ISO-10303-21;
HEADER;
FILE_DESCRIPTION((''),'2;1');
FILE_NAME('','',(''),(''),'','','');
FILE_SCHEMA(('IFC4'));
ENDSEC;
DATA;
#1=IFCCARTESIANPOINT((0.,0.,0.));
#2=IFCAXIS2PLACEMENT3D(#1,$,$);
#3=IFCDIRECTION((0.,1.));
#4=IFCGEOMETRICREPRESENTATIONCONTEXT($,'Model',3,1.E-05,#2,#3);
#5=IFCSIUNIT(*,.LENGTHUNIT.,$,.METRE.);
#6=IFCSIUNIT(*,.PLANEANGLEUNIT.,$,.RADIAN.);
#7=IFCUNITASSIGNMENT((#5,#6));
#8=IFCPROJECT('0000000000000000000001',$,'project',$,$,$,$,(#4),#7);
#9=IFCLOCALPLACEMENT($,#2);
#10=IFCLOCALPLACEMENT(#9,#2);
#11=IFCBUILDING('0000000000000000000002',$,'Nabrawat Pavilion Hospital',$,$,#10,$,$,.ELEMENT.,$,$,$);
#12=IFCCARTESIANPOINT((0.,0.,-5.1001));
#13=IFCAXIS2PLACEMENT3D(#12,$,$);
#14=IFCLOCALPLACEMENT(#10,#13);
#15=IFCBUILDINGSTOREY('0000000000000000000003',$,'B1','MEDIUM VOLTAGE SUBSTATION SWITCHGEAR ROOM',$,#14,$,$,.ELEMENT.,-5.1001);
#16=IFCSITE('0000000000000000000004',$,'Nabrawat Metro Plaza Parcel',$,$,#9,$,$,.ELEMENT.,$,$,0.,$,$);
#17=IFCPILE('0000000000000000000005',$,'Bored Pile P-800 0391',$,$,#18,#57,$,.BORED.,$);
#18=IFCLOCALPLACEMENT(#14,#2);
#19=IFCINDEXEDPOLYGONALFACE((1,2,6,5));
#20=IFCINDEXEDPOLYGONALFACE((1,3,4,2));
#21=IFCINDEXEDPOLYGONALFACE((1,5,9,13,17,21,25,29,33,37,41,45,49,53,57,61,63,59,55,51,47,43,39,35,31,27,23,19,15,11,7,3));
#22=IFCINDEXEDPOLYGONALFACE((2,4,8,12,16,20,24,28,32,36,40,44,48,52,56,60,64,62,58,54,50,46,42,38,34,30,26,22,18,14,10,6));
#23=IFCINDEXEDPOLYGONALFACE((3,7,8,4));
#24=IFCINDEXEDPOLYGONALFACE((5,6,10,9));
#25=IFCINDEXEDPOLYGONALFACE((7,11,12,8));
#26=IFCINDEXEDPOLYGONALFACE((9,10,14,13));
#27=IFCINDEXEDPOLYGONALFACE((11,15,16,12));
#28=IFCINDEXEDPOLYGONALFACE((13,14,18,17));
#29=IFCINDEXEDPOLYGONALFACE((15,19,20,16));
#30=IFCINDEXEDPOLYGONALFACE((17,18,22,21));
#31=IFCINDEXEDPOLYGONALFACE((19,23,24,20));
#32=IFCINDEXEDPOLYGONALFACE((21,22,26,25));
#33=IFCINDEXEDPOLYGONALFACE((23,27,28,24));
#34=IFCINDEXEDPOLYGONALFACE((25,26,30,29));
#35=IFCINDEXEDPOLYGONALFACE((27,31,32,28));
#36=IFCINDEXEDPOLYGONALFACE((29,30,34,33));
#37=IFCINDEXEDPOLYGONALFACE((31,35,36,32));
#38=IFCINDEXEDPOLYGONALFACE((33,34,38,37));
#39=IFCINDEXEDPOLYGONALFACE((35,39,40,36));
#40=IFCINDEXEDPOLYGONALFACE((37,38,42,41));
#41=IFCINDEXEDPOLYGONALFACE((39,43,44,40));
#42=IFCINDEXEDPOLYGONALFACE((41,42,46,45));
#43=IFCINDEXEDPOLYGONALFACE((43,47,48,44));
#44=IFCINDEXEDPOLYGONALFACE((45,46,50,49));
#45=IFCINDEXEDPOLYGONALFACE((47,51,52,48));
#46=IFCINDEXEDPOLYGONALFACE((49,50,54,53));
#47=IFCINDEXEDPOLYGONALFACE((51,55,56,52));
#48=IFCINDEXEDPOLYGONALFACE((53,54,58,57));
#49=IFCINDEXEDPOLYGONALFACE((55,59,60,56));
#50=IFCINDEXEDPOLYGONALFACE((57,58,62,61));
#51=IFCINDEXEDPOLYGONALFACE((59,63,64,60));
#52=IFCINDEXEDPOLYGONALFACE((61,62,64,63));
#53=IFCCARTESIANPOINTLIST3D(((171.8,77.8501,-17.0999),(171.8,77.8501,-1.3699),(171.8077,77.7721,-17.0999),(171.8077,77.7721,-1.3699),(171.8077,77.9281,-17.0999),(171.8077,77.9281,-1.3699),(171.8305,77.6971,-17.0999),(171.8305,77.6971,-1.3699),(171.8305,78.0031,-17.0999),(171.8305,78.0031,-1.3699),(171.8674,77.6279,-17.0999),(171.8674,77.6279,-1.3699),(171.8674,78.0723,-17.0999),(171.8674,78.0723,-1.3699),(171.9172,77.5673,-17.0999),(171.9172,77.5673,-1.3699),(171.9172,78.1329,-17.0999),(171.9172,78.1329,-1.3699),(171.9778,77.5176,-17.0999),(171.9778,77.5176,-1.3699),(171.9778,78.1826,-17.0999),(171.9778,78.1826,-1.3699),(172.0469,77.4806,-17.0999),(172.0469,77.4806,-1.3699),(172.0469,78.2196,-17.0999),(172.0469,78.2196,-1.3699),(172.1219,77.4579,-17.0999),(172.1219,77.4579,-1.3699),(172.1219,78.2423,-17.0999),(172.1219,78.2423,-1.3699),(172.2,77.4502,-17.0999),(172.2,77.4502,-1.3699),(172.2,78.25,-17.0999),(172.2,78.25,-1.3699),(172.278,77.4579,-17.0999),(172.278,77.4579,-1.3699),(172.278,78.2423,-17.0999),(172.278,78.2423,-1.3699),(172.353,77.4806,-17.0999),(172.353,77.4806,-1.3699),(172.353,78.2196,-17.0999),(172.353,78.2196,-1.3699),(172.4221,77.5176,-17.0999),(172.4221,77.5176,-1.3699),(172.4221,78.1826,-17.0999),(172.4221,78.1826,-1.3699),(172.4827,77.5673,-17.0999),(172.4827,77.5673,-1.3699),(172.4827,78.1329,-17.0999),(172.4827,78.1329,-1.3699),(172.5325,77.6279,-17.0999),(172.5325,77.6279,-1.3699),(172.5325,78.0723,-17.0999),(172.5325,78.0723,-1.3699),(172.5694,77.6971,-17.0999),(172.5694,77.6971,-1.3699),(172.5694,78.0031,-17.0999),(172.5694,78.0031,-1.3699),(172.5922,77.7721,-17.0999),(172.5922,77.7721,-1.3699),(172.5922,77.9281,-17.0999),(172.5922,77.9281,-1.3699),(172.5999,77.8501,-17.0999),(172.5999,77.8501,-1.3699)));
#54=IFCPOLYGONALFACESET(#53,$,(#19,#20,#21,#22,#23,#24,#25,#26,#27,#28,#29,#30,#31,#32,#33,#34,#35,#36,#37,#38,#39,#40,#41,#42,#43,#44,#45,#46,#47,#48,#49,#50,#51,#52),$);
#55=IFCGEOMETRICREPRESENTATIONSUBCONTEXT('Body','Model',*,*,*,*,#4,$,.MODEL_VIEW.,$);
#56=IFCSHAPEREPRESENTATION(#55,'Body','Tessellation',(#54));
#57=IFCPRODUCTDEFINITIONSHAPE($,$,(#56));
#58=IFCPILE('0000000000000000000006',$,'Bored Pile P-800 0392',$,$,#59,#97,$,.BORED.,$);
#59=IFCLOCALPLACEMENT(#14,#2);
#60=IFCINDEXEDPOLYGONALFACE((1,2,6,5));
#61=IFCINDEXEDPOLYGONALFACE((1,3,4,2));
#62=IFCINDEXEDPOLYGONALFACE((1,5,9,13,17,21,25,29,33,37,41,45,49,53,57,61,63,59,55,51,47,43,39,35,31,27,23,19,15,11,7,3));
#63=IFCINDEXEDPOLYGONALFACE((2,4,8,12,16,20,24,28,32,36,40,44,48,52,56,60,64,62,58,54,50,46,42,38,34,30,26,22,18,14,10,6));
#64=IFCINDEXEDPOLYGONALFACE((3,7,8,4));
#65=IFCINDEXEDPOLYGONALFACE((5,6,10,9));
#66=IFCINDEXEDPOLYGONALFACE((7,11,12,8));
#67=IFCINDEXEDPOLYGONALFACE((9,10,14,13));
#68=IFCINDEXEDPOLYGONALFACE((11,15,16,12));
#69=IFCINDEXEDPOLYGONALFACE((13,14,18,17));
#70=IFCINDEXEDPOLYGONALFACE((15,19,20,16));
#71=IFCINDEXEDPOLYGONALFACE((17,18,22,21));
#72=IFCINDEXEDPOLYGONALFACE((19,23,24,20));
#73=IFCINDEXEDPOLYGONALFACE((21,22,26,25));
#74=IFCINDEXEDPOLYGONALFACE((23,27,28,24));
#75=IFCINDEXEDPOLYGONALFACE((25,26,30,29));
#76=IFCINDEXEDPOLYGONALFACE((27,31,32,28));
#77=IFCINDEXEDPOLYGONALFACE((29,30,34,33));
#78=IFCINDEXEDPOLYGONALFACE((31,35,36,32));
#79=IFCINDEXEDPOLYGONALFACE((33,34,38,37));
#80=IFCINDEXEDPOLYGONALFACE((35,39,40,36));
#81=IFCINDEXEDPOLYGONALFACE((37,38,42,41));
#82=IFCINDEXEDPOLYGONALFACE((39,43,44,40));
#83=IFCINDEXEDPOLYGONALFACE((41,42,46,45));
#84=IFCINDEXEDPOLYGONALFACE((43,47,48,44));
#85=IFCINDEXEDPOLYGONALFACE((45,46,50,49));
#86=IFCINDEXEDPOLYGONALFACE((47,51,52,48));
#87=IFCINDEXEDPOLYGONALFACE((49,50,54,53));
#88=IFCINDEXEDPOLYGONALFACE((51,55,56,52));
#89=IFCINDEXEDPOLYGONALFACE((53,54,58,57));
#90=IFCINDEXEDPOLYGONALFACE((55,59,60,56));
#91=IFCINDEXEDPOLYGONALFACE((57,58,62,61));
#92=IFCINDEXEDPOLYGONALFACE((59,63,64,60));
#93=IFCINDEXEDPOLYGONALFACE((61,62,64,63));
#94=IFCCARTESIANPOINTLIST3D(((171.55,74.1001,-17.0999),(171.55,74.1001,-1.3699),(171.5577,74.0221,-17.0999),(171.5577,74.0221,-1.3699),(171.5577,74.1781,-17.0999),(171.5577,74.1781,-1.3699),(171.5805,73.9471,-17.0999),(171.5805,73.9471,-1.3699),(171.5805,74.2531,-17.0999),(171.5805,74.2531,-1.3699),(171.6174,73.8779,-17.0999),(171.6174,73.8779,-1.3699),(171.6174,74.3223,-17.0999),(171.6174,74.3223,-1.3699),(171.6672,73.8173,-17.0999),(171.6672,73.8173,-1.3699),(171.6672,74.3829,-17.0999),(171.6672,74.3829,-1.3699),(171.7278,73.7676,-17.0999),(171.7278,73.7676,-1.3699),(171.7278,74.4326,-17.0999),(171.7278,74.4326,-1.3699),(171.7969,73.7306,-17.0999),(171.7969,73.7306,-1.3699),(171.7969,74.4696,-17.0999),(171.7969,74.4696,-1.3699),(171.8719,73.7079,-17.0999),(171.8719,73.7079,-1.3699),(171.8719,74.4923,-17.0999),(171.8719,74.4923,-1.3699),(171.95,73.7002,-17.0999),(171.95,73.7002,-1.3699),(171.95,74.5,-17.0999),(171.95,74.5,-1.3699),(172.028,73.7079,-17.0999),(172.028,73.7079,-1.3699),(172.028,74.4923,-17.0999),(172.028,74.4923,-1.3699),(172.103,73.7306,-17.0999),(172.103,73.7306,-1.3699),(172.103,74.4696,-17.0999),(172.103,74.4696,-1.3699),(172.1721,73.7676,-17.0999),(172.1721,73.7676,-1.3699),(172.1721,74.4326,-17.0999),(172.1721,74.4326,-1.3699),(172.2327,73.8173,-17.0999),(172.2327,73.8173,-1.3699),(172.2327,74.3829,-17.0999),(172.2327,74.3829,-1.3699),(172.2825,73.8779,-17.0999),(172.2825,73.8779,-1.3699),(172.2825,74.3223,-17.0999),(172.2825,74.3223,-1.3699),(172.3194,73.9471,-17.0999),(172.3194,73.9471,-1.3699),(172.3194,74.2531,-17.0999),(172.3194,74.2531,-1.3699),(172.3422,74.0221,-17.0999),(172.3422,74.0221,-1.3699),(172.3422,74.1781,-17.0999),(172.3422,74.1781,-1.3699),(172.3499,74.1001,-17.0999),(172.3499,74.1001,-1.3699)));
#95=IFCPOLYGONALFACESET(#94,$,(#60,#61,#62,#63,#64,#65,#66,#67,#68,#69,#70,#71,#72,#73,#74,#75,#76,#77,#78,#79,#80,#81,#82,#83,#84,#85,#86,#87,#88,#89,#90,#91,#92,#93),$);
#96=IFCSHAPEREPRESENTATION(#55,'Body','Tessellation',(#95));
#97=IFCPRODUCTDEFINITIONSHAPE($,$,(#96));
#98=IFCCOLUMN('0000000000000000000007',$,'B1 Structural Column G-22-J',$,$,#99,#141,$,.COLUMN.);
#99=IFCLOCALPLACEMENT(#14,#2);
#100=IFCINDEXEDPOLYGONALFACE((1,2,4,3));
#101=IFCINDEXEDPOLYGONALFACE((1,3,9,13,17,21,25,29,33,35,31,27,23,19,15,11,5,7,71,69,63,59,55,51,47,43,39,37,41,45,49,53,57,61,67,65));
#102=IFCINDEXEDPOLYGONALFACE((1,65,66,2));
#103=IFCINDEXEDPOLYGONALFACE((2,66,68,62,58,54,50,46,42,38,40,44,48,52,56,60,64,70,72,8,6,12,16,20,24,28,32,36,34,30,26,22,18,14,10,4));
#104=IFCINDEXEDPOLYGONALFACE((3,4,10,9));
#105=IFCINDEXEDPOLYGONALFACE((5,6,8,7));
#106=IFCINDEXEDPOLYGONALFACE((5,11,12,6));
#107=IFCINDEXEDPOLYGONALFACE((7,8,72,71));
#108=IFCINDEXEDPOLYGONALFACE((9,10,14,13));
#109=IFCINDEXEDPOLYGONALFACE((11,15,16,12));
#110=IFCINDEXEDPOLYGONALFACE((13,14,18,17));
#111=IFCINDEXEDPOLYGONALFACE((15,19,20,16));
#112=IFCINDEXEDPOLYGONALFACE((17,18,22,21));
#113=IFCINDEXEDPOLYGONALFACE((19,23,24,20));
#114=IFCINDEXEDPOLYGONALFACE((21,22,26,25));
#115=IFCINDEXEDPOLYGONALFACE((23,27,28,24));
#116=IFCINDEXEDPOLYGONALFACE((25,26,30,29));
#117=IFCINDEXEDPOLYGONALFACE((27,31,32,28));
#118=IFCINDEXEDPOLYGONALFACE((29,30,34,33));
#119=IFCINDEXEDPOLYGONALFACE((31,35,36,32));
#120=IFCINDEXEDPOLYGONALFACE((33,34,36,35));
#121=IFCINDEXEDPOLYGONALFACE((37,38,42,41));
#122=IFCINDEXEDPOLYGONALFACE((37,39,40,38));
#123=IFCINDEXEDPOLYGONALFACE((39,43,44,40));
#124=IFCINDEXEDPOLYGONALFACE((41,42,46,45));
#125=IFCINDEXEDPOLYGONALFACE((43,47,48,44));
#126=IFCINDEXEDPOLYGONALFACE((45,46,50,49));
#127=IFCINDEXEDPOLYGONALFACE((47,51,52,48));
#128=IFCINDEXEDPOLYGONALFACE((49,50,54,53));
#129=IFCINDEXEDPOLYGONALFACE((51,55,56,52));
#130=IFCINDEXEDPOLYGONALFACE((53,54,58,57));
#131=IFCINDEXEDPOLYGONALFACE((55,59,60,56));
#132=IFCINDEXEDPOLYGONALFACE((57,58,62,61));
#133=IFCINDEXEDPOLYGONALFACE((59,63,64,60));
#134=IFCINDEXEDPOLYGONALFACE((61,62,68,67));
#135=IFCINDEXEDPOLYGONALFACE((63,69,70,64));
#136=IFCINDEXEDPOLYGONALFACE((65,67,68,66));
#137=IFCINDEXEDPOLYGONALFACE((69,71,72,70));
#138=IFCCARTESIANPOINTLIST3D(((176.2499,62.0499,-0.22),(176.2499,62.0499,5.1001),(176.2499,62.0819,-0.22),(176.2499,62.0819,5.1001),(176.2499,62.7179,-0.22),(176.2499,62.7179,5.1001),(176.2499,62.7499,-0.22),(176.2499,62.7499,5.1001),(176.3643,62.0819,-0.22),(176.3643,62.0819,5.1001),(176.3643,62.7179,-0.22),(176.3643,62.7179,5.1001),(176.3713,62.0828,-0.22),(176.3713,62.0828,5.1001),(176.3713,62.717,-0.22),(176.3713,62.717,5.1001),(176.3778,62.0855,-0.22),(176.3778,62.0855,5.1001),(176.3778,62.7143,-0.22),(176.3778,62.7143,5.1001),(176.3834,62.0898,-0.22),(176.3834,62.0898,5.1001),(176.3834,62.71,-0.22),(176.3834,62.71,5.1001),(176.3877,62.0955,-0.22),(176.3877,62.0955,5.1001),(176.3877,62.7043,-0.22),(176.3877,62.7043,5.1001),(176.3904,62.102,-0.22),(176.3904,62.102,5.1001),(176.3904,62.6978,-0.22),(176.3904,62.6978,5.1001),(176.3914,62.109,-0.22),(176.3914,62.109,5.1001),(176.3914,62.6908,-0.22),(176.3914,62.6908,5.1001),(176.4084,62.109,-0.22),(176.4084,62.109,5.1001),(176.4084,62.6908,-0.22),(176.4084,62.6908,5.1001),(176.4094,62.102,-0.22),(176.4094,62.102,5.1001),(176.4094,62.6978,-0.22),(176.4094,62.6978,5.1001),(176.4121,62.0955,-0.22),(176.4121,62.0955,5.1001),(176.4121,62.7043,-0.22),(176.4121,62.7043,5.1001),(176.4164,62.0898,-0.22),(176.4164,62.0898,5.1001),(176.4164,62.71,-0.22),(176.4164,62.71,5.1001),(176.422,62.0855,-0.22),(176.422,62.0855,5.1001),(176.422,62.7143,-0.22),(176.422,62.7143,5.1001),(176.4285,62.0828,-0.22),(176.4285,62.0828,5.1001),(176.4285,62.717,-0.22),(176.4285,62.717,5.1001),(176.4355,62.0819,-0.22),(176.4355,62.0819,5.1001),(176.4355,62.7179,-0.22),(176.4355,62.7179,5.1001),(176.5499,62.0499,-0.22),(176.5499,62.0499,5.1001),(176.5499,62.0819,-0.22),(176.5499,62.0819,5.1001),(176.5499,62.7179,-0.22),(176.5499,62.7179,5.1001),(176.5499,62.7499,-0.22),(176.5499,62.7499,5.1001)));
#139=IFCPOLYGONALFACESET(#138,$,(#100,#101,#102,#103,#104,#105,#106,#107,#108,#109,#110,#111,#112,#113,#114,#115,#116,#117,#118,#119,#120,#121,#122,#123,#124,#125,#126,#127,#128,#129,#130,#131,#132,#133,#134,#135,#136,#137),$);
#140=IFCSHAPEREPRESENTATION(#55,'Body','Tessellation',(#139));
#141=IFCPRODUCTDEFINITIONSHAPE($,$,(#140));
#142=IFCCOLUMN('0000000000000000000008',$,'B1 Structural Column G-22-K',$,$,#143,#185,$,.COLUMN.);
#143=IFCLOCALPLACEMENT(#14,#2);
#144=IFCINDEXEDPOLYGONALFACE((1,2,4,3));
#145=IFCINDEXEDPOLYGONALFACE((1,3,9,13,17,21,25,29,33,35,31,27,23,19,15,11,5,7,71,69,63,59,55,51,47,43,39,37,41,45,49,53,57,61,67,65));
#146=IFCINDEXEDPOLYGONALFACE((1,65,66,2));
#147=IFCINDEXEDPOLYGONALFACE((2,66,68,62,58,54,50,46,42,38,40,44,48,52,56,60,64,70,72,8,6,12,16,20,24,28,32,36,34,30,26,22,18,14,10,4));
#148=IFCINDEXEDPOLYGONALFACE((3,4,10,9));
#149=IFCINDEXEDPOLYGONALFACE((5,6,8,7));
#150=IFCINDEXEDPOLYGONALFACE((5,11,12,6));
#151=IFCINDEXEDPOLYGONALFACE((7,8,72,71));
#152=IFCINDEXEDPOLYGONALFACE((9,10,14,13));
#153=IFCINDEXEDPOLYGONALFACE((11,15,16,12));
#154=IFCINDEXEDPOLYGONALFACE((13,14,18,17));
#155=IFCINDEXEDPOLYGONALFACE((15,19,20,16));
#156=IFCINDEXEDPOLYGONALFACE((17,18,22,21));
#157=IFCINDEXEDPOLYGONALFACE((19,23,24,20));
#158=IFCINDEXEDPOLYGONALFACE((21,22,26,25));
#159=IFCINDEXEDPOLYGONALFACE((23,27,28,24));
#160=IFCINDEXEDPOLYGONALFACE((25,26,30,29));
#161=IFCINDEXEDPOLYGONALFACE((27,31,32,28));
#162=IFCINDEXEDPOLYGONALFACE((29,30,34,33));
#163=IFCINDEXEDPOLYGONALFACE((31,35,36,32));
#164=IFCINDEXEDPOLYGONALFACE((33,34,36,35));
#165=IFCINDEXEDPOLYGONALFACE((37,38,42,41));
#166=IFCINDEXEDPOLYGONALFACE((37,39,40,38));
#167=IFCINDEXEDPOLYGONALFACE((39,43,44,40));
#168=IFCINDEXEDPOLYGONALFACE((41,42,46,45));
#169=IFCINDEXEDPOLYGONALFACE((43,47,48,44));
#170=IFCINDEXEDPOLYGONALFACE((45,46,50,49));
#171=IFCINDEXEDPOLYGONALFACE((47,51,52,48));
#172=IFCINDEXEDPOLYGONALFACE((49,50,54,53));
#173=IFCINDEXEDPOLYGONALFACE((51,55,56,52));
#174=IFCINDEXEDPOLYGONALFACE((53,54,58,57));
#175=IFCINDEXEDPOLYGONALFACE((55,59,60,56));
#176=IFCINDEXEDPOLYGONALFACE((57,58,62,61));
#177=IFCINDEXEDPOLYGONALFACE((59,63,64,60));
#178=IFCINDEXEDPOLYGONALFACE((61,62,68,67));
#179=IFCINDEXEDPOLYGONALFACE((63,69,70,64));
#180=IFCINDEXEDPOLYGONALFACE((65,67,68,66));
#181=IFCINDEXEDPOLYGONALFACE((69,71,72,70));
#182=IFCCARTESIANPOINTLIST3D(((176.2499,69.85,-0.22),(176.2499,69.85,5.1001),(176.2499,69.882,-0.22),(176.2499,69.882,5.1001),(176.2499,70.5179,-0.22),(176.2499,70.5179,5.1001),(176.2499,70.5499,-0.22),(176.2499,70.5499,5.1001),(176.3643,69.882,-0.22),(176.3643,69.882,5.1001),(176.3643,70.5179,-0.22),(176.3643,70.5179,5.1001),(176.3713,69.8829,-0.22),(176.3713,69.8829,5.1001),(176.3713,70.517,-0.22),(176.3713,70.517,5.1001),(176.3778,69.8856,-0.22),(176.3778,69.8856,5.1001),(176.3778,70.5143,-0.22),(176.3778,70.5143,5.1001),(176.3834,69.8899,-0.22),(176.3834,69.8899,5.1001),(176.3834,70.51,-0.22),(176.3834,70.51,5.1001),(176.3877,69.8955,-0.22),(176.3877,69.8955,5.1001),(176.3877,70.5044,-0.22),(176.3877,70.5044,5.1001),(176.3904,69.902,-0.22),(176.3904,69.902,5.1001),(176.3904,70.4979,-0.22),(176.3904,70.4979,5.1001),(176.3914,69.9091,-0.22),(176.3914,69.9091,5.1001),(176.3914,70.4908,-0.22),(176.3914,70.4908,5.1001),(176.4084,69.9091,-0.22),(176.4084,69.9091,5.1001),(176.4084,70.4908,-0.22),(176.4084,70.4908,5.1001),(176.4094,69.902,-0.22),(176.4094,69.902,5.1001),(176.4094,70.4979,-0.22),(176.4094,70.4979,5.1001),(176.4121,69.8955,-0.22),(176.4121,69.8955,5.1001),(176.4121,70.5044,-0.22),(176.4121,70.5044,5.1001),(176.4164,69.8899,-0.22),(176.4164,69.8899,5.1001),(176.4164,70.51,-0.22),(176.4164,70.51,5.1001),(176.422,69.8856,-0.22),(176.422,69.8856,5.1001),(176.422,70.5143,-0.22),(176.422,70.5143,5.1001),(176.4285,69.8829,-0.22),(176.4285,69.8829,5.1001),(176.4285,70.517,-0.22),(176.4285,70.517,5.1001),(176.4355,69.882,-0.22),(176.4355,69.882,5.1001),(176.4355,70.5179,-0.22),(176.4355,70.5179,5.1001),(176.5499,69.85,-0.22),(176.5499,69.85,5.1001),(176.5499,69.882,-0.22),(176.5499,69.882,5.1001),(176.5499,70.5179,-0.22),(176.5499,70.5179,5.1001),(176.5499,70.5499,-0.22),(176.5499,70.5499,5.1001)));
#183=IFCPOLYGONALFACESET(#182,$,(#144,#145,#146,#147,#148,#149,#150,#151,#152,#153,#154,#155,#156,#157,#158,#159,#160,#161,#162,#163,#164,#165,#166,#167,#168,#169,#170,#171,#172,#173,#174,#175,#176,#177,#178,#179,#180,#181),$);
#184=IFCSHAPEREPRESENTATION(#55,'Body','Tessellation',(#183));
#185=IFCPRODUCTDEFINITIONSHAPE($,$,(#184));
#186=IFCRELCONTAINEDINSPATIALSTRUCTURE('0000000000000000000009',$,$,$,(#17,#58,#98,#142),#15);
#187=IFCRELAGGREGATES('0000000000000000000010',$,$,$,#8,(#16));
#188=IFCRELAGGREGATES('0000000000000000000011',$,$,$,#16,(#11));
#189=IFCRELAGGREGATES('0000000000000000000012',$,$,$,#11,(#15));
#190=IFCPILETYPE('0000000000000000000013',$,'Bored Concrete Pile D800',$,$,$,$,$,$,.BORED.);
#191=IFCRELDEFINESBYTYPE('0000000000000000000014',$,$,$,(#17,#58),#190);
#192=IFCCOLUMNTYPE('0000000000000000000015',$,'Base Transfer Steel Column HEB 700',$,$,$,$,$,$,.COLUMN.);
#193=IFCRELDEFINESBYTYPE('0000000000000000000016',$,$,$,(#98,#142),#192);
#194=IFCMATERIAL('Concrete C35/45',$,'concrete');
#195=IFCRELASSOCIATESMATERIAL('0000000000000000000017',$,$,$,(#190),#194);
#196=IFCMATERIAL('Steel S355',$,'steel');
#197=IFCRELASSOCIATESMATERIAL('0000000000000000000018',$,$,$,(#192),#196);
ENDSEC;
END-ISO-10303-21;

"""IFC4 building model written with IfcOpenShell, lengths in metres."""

from ifc_helpers import new_model, si_unit, direction, frame, origin, origin_2d, place, context, subcontext, project, spatial, circle, i_section, extrude, material, material_profile, profile_set, type_object, element, save


model = new_model("IFC4")

# Units and contexts
model_context = context("Model", 3, precision=1e-05, world=origin(), true_north=direction((0.0, 1.0)))
body_context = subcontext(model_context, "Body", "Model", "MODEL_VIEW")
ifc_project = project(units=[si_unit("LENGTHUNIT", "METRE"), si_unit("PLANEANGLEUNIT", "RADIAN")], contexts=[model_context])

# Site, building, storey
site_placement = place(None, origin())
site = spatial("IfcSite", under=ifc_project, at=site_placement, Name="Nabrawat Metro Plaza Parcel", CompositionType="ELEMENT", RefElevation=0.0)
building_placement = place(site_placement, origin())
building = spatial("IfcBuilding", under=site, at=building_placement, Name="Nabrawat Pavilion Hospital", CompositionType="ELEMENT")
storey_placement = place(building_placement, frame((0.0, 0.0, -5.1001)))
storey = spatial("IfcBuildingStorey", under=building, at=storey_placement, Name="B1", Description="MEDIUM VOLTAGE SUBSTATION SWITCHGEAR ROOM", CompositionType="ELEMENT", Elevation=-5.1001)

# Piles
ifc_material_1 = material(Name="Concrete C35/45", Category="concrete")
ifc_material_profile_1 = material_profile(ifc_material_1, circle(Radius=0.3999, at=origin_2d()), Name="DIA 800")
ifc_profile_set_1 = profile_set([ifc_material_profile_1], Name="Concrete C35/45")
pile_type_1 = type_object("IfcPileType", Name="Bored Concrete Pile D800", PredefinedType="BORED", material=ifc_profile_set_1)
for number, where, z_axis, x_axis, name in (
    (1, (172.2, 77.8501, -1.3699), (0.0, 0.0, -1.0), (1.0, 0.0, 0.0), "Bored Pile P-800 0391"),
    (2, (171.95, 74.1001, -1.3699), (0.0, 0.0, -1.0), (1.0, 0.0, 0.0), "Bored Pile P-800 0392"),
):
    element("IfcPile", number, at=place(storey_placement, frame(where, z_axis=z_axis, x_axis=x_axis)), inside=storey, type_object=pile_type_1, Name=name, PredefinedType="BORED", context=body_context, shape_type="SweptSolid", body=[
        extrude(circle(Radius=0.3999, at=origin_2d()), origin(), (0.0, 0.0, 1.0), 15.73),
    ])

# Columns
ifc_material_2 = material(Name="Steel S355", Category="steel")
ifc_material_profile_2 = material_profile(ifc_material_2, i_section(OverallWidth=0.3, OverallDepth=0.7, WebThickness=0.0171, FlangeThickness=0.032, FilletRadius=0.0271, at=origin_2d()), Name="HEB 700")
ifc_profile_set_2 = profile_set([ifc_material_profile_2], Name="Steel S355")
column_type = type_object("IfcColumnType", Name="Base Transfer Steel Column HEB 700", PredefinedType="COLUMN", material=ifc_profile_set_2)
for number, where, z_axis, x_axis, name in (
    (3, (176.3999, 62.3999, -0.22), (0.0, 0.0, 1.0), (1.0, 0.0, 0.0), "B1 Structural Column G-22-J"),
    (4, (176.3999, 70.2, -0.22), (0.0, 0.0, 1.0), (1.0, 0.0, 0.0), "B1 Structural Column G-22-K"),
):
    element("IfcColumn", number, at=place(storey_placement, frame(where, z_axis=z_axis, x_axis=x_axis)), inside=storey, type_object=column_type, Name=name, PredefinedType="COLUMN", context=body_context, shape_type="SweptSolid", body=[
        extrude(i_section(OverallWidth=0.3, OverallDepth=0.7, WebThickness=0.0171, FlangeThickness=0.032, FilletRadius=0.0271, at=origin_2d()), origin(), (0.0, 0.0, 1.0), 5.3201),
    ])

save(model, "model.ifc")
